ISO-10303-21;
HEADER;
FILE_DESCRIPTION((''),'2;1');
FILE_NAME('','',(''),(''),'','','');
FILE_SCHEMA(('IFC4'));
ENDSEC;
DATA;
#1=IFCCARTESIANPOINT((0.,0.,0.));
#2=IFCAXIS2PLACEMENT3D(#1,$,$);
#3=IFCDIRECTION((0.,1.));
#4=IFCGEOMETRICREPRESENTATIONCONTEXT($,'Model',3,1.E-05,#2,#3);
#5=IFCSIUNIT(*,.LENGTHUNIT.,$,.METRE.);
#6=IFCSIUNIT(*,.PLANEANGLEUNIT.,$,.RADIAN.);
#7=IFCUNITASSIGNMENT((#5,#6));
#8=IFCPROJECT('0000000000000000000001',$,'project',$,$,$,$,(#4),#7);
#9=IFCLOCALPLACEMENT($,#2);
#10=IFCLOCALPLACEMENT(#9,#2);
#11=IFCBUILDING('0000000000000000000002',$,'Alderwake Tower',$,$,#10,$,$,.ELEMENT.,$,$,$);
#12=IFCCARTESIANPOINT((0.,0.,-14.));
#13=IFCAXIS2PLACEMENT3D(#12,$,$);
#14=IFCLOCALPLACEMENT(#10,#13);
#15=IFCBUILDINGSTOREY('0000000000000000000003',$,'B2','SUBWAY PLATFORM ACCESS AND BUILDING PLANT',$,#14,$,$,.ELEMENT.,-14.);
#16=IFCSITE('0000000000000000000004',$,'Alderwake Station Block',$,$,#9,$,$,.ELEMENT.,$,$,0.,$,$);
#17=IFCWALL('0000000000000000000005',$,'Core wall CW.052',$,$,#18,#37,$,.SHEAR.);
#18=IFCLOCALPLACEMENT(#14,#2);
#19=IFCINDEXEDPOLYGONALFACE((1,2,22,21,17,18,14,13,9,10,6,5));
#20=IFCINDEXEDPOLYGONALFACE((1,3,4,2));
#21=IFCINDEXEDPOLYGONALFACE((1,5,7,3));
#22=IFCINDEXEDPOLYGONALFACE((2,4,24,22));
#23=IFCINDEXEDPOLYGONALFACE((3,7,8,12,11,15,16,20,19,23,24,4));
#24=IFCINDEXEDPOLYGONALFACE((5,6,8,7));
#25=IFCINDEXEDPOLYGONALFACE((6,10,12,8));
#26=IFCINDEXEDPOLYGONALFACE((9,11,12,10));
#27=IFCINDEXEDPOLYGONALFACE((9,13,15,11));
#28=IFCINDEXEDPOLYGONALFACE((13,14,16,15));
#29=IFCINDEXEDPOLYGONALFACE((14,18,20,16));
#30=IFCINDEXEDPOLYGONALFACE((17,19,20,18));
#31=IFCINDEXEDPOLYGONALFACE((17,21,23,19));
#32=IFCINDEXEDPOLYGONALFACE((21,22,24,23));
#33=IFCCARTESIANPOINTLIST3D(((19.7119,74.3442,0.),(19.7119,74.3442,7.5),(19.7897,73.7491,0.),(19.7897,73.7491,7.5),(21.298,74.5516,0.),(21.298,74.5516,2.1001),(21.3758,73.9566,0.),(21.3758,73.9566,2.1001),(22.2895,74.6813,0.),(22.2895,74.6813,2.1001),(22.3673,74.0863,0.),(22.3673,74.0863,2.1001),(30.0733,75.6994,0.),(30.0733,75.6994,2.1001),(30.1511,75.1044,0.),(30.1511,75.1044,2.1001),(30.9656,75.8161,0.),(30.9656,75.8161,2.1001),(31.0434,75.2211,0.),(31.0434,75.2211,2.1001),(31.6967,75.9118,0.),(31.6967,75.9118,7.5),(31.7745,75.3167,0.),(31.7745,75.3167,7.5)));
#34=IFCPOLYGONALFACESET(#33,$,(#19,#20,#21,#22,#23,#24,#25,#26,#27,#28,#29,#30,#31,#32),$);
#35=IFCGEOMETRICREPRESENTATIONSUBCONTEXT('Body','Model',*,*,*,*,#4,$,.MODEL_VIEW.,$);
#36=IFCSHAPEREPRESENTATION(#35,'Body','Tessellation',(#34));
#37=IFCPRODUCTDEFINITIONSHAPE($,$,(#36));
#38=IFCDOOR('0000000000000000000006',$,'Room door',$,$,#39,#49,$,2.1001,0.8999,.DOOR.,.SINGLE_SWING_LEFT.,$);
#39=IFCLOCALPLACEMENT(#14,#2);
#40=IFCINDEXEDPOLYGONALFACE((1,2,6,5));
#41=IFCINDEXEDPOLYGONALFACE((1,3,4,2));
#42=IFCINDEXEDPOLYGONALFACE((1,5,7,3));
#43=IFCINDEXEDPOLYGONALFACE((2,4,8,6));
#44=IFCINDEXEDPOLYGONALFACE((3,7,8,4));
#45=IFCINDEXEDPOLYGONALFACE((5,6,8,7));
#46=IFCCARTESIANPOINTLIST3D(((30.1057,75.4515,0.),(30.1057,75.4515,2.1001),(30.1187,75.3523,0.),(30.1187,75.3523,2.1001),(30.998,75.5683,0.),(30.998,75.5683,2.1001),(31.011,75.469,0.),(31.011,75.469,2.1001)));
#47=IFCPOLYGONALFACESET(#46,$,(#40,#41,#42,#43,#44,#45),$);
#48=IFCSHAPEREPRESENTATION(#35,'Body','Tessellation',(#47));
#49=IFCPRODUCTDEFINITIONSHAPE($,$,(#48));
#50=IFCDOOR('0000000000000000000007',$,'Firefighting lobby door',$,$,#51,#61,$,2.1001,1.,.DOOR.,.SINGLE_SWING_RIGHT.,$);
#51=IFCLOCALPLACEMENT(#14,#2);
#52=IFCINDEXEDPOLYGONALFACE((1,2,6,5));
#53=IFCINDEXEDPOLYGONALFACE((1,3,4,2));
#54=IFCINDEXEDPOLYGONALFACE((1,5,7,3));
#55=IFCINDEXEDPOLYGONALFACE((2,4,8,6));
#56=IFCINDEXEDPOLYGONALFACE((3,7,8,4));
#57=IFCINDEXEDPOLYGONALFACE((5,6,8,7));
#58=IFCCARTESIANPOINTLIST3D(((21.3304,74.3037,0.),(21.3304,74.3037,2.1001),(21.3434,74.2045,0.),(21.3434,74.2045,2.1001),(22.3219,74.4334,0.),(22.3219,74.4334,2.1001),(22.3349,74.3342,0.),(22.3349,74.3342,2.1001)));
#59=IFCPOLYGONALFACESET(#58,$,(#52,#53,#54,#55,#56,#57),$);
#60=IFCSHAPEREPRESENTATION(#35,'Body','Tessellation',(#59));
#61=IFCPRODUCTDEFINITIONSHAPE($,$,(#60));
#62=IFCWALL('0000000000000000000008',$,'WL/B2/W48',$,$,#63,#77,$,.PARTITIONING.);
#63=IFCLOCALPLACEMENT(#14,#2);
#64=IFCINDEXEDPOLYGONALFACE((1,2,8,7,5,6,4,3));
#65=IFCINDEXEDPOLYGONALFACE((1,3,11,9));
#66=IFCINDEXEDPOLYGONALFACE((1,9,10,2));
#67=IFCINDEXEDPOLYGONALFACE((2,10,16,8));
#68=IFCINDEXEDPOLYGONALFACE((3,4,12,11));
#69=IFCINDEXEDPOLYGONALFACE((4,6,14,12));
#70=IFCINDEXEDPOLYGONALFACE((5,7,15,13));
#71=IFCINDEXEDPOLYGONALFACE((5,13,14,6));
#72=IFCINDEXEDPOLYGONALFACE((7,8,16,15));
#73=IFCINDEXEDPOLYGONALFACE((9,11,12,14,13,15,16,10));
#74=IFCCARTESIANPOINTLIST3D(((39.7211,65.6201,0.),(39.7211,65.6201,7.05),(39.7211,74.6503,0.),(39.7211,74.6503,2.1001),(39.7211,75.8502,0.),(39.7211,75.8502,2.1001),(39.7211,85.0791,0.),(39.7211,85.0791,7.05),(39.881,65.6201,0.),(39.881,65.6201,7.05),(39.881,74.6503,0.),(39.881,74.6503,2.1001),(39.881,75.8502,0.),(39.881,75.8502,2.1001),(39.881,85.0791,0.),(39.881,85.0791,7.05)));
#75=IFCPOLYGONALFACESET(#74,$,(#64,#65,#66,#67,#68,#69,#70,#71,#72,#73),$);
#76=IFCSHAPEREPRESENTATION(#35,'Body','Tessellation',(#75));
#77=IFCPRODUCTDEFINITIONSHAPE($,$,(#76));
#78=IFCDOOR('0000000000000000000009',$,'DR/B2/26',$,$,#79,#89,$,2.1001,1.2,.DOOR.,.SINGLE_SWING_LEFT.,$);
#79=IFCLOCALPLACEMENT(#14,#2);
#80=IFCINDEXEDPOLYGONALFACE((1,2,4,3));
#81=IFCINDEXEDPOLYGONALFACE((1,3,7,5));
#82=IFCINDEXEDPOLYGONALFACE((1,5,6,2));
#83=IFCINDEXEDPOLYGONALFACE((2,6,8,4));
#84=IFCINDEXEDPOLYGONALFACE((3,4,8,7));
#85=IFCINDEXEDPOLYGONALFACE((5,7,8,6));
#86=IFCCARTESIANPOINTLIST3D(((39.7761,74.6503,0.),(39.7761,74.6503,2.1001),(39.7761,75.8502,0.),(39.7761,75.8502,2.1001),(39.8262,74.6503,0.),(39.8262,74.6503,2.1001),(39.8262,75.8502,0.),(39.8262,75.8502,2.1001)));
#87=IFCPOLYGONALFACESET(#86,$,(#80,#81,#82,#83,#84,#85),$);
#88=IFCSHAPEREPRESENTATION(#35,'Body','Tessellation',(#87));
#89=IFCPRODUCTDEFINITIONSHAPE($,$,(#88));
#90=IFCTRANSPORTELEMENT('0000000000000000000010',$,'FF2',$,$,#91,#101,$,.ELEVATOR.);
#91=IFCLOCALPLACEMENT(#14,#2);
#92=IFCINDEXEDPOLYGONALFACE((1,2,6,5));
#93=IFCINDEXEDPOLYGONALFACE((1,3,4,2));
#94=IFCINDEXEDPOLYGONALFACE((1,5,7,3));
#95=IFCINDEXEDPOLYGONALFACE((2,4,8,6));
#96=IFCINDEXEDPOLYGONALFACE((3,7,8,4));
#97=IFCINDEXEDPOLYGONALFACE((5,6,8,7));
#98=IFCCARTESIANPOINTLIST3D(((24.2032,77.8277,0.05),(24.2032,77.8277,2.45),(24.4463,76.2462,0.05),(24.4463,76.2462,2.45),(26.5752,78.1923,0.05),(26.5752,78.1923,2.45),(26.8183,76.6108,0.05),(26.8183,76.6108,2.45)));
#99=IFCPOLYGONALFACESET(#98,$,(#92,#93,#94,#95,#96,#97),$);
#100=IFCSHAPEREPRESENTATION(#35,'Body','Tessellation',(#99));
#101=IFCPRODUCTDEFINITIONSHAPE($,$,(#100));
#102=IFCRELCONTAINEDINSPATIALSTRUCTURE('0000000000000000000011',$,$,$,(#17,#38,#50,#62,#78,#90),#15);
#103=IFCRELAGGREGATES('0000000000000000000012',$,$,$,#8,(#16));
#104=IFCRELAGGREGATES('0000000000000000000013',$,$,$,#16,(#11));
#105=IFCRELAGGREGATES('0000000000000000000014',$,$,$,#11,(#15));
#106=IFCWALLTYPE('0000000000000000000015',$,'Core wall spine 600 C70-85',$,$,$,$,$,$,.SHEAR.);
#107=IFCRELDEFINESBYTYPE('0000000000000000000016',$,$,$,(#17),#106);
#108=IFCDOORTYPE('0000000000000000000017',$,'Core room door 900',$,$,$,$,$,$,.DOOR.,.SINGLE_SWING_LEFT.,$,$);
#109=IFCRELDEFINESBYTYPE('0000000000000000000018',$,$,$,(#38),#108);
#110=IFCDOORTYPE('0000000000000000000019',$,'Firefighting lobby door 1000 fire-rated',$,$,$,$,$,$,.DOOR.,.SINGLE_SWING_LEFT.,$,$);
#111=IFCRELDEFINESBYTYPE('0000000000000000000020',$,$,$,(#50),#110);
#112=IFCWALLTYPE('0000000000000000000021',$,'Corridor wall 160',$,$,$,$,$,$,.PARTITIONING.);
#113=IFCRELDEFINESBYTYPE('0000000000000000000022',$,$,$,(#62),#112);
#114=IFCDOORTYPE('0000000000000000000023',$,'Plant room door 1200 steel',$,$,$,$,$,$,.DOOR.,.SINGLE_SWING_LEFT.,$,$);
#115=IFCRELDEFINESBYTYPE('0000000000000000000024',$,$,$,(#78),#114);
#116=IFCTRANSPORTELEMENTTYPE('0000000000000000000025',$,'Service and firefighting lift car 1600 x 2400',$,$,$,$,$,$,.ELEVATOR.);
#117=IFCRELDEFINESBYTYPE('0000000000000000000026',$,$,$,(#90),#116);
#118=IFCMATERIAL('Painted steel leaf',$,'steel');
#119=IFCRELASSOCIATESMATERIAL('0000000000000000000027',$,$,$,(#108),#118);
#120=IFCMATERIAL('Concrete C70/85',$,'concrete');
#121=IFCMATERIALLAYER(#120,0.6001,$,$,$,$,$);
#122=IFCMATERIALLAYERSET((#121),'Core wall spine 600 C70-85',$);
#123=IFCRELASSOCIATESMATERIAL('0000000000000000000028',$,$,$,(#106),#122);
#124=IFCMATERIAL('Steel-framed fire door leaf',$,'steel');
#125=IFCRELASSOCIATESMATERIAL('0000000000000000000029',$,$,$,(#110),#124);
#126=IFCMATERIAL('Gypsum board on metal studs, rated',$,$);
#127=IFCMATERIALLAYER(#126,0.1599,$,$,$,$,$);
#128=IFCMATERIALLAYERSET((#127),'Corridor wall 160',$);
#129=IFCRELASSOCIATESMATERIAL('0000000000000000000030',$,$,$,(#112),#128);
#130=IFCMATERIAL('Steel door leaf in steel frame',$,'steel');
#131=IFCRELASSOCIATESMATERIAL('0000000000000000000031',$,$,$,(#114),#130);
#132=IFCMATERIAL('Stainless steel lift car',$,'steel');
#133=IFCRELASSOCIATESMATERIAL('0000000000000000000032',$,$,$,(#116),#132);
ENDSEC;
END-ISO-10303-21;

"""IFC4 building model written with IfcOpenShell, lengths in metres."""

from ifc_helpers import new_model, si_unit, direction, frame, frame_2d, origin, origin_2d, place, context, subcontext, project, spatial, rectangle, extrude, material, layer, layer_set, type_object, element, fill, save


model = new_model("IFC4")

# Units and contexts
model_context = context("Model", 3, precision=1e-05, world=origin(), true_north=direction((0.0, 1.0)))
body_context = subcontext(model_context, "Body", "Model", "MODEL_VIEW")
ifc_project = project(units=[si_unit("LENGTHUNIT", "METRE"), si_unit("PLANEANGLEUNIT", "RADIAN")], contexts=[model_context])

# Site, building, storey
site_placement = place(None, origin())
site = spatial("IfcSite", under=ifc_project, at=site_placement, Name="Alderwake Station Block", CompositionType="ELEMENT", RefElevation=0.0)
building_placement = place(site_placement, origin())
building = spatial("IfcBuilding", under=site, at=building_placement, Name="Alderwake Tower", CompositionType="ELEMENT")
storey_placement = place(building_placement, frame((0.0, 0.0, -14.0)))
storey = spatial("IfcBuildingStorey", under=building, at=storey_placement, Name="B2", Description="SUBWAY PLATFORM ACCESS AND BUILDING PLANT", CompositionType="ELEMENT", Elevation=-14.0)

# Shared definitions
ifc_material_1 = material(Name="Painted steel leaf", Category="steel")
door_type_1 = type_object("IfcDoorType", Name="Core room door 900", OperationType="SINGLE_SWING_LEFT", PredefinedType="DOOR", material=ifc_material_1)

# Shared definitions
ifc_material_2 = material(Name="Concrete C70/85", Category="concrete")
ifc_layer_1 = layer(ifc_material_2, 0.6001)
ifc_layer_set_1 = layer_set([ifc_layer_1], Name="Core wall spine 600 C70-85")
wall_type_1 = type_object("IfcWallType", Name="Core wall spine 600 C70-85", PredefinedType="SHEAR", material=ifc_layer_set_1)

# Wall, openings, doors
wall_1_placement = place(storey_placement, frame((31.7356, 75.6143, 0.0), z_axis=(0.0, 0.0, 1.0), x_axis=(-0.991554, -0.129696, 0.0)))
wall_1 = element("IfcWall", 1, at=wall_1_placement, inside=storey, type_object=wall_type_1, Name="Core wall CW.052", PredefinedType="SHEAR", context=body_context, shape_type="SweptSolid", body=[
    extrude(rectangle(XDim=12.0869, YDim=0.6001, at=frame_2d((6.0435, 0.0))), origin(), (0.0, 0.0, 1.0), 7.5),
])
opening_1_placement = place(wall_1_placement, frame((9.4873, 0.0, 0.0)))
opening_1 = element("IfcOpeningElement", 2, at=opening_1_placement, cuts=wall_1, PredefinedType="OPENING", context=body_context, shape_type="SweptSolid", body=[
    extrude(rectangle(XDim=1.0, YDim=2.1001, at=frame_2d((0.5, 1.05))), frame((0.0, 0.3101, 0.0), z_axis=(0.0, -1.0, 0.0), x_axis=(1.0, 0.0, 0.0)), (0.0, 0.0, 1.0), 0.6201),
])
opening_2_placement = place(wall_1_placement, frame((0.7373, 0.0, 0.0)))
opening_2 = element("IfcOpeningElement", 3, at=opening_2_placement, cuts=wall_1, PredefinedType="OPENING", context=body_context, shape_type="SweptSolid", body=[
    extrude(rectangle(XDim=0.8999, YDim=2.1001, at=frame_2d((0.45, 1.05))), frame((0.0, 0.3101, 0.0), z_axis=(0.0, -1.0, 0.0), x_axis=(1.0, 0.0, 0.0)), (0.0, 0.0, 1.0), 0.6201),
])
door_1_placement = place(opening_2_placement, origin())
door_1 = element("IfcDoor", 4, at=door_1_placement, inside=storey, type_object=door_type_1, Name="Room door", OperationType="SINGLE_SWING_LEFT", OverallHeight=2.1001, OverallWidth=0.8999, PredefinedType="DOOR", context=body_context, shape_type="SweptSolid", body=[
    extrude(rectangle(XDim=0.8999, YDim=2.1001, at=frame_2d((0.45, 1.05))), frame((0.0, 0.05, 0.0), z_axis=(0.0, -1.0, 0.0), x_axis=(1.0, 0.0, 0.0)), (0.0, 0.0, 1.0), 0.1001),
])
fill(opening_2, door_1)
ifc_material_3 = material(Name="Steel-framed fire door leaf", Category="steel")
door_type_2 = type_object("IfcDoorType", Name="Firefighting lobby door 1000 fire-rated", OperationType="SINGLE_SWING_LEFT", PredefinedType="DOOR", material=ifc_material_3)
door_2_placement = place(opening_1_placement, origin())
door_2 = element("IfcDoor", 5, at=door_2_placement, inside=storey, type_object=door_type_2, Name="Firefighting lobby door", OperationType="SINGLE_SWING_RIGHT", OverallHeight=2.1001, OverallWidth=1.0, PredefinedType="DOOR", context=body_context, shape_type="SweptSolid", body=[
    extrude(rectangle(XDim=1.0, YDim=2.1001, at=frame_2d((0.5, 1.05))), frame((0.0, 0.05, 0.0), z_axis=(0.0, -1.0, 0.0), x_axis=(1.0, 0.0, 0.0)), (0.0, 0.0, 1.0), 0.1001),
])
fill(opening_1, door_2)

# Wall, opening, door
ifc_material_4 = material(Name="Gypsum board on metal studs, rated")
ifc_layer_2 = layer(ifc_material_4, 0.1599)
ifc_layer_set_2 = layer_set([ifc_layer_2], Name="Corridor wall 160")
wall_type_2 = type_object("IfcWallType", Name="Corridor wall 160", PredefinedType="PARTITIONING", material=ifc_layer_set_2)
wall_2_placement = place(storey_placement, frame((39.801, 65.6201, 0.0), z_axis=(0.0, 0.0, 1.0), x_axis=(0.0, 1.0, 0.0)))
wall_2 = element("IfcWall", 6, at=wall_2_placement, inside=storey, type_object=wall_type_2, Name="WL/B2/W48", PredefinedType="PARTITIONING", context=body_context, shape_type="SweptSolid", body=[
    extrude(rectangle(XDim=19.459, YDim=0.1599, at=frame_2d((9.7295, 0.0))), origin(), (0.0, 0.0, 1.0), 7.05),
])
opening_3_placement = place(wall_2_placement, frame((9.03, 0.0, 0.0)))
opening_3 = element("IfcOpeningElement", 7, at=opening_3_placement, cuts=wall_2, PredefinedType="OPENING", context=body_context, shape_type="SweptSolid", body=[
    extrude(rectangle(XDim=1.2, YDim=2.1001, at=frame_2d((0.6001, 1.05))), frame((0.0, 0.0898, 0.0), z_axis=(0.0, -1.0, 0.0), x_axis=(1.0, 0.0, 0.0)), (0.0, 0.0, 1.0), 0.1799),
])
ifc_material_5 = material(Name="Steel door leaf in steel frame", Category="steel")
door_type_3 = type_object("IfcDoorType", Name="Plant room door 1200 steel", OperationType="SINGLE_SWING_LEFT", PredefinedType="DOOR", material=ifc_material_5)
door_3_placement = place(opening_3_placement, origin())
door_3 = element("IfcDoor", 8, at=door_3_placement, inside=storey, type_object=door_type_3, Name="DR/B2/26", OperationType="SINGLE_SWING_LEFT", OverallHeight=2.1001, OverallWidth=1.2, PredefinedType="DOOR", context=body_context, shape_type="SweptSolid", body=[
    extrude(rectangle(XDim=1.2, YDim=2.1001, at=frame_2d((0.6001, 1.05))), frame((0.0, 0.0249, 0.0), z_axis=(0.0, -1.0, 0.0), x_axis=(1.0, 0.0, 0.0)), (0.0, 0.0, 1.0), 0.05),
])
fill(opening_3, door_3)

# Transport element
ifc_material_6 = material(Name="Stainless steel lift car", Category="steel")
transport_element_type = type_object("IfcTransportElementType", Name="Service and firefighting lift car 1600 x 2400", PredefinedType="ELEVATOR", material=ifc_material_6)
transport_element_placement = place(storey_placement, frame((25.5107, 77.2192, 0.05), z_axis=(0.0, 0.0, 1.0), x_axis=(0.988394, 0.151909, 0.0)))
element("IfcTransportElement", 9, at=transport_element_placement, inside=storey, type_object=transport_element_type, Name="FF2", PredefinedType="ELEVATOR", context=body_context, shape_type="SweptSolid", body=[
    extrude(rectangle(XDim=2.3999, YDim=1.6001, at=origin_2d()), origin(), (0.0, 0.0, 1.0), 2.3999),
])

save(model, "model.ifc")
